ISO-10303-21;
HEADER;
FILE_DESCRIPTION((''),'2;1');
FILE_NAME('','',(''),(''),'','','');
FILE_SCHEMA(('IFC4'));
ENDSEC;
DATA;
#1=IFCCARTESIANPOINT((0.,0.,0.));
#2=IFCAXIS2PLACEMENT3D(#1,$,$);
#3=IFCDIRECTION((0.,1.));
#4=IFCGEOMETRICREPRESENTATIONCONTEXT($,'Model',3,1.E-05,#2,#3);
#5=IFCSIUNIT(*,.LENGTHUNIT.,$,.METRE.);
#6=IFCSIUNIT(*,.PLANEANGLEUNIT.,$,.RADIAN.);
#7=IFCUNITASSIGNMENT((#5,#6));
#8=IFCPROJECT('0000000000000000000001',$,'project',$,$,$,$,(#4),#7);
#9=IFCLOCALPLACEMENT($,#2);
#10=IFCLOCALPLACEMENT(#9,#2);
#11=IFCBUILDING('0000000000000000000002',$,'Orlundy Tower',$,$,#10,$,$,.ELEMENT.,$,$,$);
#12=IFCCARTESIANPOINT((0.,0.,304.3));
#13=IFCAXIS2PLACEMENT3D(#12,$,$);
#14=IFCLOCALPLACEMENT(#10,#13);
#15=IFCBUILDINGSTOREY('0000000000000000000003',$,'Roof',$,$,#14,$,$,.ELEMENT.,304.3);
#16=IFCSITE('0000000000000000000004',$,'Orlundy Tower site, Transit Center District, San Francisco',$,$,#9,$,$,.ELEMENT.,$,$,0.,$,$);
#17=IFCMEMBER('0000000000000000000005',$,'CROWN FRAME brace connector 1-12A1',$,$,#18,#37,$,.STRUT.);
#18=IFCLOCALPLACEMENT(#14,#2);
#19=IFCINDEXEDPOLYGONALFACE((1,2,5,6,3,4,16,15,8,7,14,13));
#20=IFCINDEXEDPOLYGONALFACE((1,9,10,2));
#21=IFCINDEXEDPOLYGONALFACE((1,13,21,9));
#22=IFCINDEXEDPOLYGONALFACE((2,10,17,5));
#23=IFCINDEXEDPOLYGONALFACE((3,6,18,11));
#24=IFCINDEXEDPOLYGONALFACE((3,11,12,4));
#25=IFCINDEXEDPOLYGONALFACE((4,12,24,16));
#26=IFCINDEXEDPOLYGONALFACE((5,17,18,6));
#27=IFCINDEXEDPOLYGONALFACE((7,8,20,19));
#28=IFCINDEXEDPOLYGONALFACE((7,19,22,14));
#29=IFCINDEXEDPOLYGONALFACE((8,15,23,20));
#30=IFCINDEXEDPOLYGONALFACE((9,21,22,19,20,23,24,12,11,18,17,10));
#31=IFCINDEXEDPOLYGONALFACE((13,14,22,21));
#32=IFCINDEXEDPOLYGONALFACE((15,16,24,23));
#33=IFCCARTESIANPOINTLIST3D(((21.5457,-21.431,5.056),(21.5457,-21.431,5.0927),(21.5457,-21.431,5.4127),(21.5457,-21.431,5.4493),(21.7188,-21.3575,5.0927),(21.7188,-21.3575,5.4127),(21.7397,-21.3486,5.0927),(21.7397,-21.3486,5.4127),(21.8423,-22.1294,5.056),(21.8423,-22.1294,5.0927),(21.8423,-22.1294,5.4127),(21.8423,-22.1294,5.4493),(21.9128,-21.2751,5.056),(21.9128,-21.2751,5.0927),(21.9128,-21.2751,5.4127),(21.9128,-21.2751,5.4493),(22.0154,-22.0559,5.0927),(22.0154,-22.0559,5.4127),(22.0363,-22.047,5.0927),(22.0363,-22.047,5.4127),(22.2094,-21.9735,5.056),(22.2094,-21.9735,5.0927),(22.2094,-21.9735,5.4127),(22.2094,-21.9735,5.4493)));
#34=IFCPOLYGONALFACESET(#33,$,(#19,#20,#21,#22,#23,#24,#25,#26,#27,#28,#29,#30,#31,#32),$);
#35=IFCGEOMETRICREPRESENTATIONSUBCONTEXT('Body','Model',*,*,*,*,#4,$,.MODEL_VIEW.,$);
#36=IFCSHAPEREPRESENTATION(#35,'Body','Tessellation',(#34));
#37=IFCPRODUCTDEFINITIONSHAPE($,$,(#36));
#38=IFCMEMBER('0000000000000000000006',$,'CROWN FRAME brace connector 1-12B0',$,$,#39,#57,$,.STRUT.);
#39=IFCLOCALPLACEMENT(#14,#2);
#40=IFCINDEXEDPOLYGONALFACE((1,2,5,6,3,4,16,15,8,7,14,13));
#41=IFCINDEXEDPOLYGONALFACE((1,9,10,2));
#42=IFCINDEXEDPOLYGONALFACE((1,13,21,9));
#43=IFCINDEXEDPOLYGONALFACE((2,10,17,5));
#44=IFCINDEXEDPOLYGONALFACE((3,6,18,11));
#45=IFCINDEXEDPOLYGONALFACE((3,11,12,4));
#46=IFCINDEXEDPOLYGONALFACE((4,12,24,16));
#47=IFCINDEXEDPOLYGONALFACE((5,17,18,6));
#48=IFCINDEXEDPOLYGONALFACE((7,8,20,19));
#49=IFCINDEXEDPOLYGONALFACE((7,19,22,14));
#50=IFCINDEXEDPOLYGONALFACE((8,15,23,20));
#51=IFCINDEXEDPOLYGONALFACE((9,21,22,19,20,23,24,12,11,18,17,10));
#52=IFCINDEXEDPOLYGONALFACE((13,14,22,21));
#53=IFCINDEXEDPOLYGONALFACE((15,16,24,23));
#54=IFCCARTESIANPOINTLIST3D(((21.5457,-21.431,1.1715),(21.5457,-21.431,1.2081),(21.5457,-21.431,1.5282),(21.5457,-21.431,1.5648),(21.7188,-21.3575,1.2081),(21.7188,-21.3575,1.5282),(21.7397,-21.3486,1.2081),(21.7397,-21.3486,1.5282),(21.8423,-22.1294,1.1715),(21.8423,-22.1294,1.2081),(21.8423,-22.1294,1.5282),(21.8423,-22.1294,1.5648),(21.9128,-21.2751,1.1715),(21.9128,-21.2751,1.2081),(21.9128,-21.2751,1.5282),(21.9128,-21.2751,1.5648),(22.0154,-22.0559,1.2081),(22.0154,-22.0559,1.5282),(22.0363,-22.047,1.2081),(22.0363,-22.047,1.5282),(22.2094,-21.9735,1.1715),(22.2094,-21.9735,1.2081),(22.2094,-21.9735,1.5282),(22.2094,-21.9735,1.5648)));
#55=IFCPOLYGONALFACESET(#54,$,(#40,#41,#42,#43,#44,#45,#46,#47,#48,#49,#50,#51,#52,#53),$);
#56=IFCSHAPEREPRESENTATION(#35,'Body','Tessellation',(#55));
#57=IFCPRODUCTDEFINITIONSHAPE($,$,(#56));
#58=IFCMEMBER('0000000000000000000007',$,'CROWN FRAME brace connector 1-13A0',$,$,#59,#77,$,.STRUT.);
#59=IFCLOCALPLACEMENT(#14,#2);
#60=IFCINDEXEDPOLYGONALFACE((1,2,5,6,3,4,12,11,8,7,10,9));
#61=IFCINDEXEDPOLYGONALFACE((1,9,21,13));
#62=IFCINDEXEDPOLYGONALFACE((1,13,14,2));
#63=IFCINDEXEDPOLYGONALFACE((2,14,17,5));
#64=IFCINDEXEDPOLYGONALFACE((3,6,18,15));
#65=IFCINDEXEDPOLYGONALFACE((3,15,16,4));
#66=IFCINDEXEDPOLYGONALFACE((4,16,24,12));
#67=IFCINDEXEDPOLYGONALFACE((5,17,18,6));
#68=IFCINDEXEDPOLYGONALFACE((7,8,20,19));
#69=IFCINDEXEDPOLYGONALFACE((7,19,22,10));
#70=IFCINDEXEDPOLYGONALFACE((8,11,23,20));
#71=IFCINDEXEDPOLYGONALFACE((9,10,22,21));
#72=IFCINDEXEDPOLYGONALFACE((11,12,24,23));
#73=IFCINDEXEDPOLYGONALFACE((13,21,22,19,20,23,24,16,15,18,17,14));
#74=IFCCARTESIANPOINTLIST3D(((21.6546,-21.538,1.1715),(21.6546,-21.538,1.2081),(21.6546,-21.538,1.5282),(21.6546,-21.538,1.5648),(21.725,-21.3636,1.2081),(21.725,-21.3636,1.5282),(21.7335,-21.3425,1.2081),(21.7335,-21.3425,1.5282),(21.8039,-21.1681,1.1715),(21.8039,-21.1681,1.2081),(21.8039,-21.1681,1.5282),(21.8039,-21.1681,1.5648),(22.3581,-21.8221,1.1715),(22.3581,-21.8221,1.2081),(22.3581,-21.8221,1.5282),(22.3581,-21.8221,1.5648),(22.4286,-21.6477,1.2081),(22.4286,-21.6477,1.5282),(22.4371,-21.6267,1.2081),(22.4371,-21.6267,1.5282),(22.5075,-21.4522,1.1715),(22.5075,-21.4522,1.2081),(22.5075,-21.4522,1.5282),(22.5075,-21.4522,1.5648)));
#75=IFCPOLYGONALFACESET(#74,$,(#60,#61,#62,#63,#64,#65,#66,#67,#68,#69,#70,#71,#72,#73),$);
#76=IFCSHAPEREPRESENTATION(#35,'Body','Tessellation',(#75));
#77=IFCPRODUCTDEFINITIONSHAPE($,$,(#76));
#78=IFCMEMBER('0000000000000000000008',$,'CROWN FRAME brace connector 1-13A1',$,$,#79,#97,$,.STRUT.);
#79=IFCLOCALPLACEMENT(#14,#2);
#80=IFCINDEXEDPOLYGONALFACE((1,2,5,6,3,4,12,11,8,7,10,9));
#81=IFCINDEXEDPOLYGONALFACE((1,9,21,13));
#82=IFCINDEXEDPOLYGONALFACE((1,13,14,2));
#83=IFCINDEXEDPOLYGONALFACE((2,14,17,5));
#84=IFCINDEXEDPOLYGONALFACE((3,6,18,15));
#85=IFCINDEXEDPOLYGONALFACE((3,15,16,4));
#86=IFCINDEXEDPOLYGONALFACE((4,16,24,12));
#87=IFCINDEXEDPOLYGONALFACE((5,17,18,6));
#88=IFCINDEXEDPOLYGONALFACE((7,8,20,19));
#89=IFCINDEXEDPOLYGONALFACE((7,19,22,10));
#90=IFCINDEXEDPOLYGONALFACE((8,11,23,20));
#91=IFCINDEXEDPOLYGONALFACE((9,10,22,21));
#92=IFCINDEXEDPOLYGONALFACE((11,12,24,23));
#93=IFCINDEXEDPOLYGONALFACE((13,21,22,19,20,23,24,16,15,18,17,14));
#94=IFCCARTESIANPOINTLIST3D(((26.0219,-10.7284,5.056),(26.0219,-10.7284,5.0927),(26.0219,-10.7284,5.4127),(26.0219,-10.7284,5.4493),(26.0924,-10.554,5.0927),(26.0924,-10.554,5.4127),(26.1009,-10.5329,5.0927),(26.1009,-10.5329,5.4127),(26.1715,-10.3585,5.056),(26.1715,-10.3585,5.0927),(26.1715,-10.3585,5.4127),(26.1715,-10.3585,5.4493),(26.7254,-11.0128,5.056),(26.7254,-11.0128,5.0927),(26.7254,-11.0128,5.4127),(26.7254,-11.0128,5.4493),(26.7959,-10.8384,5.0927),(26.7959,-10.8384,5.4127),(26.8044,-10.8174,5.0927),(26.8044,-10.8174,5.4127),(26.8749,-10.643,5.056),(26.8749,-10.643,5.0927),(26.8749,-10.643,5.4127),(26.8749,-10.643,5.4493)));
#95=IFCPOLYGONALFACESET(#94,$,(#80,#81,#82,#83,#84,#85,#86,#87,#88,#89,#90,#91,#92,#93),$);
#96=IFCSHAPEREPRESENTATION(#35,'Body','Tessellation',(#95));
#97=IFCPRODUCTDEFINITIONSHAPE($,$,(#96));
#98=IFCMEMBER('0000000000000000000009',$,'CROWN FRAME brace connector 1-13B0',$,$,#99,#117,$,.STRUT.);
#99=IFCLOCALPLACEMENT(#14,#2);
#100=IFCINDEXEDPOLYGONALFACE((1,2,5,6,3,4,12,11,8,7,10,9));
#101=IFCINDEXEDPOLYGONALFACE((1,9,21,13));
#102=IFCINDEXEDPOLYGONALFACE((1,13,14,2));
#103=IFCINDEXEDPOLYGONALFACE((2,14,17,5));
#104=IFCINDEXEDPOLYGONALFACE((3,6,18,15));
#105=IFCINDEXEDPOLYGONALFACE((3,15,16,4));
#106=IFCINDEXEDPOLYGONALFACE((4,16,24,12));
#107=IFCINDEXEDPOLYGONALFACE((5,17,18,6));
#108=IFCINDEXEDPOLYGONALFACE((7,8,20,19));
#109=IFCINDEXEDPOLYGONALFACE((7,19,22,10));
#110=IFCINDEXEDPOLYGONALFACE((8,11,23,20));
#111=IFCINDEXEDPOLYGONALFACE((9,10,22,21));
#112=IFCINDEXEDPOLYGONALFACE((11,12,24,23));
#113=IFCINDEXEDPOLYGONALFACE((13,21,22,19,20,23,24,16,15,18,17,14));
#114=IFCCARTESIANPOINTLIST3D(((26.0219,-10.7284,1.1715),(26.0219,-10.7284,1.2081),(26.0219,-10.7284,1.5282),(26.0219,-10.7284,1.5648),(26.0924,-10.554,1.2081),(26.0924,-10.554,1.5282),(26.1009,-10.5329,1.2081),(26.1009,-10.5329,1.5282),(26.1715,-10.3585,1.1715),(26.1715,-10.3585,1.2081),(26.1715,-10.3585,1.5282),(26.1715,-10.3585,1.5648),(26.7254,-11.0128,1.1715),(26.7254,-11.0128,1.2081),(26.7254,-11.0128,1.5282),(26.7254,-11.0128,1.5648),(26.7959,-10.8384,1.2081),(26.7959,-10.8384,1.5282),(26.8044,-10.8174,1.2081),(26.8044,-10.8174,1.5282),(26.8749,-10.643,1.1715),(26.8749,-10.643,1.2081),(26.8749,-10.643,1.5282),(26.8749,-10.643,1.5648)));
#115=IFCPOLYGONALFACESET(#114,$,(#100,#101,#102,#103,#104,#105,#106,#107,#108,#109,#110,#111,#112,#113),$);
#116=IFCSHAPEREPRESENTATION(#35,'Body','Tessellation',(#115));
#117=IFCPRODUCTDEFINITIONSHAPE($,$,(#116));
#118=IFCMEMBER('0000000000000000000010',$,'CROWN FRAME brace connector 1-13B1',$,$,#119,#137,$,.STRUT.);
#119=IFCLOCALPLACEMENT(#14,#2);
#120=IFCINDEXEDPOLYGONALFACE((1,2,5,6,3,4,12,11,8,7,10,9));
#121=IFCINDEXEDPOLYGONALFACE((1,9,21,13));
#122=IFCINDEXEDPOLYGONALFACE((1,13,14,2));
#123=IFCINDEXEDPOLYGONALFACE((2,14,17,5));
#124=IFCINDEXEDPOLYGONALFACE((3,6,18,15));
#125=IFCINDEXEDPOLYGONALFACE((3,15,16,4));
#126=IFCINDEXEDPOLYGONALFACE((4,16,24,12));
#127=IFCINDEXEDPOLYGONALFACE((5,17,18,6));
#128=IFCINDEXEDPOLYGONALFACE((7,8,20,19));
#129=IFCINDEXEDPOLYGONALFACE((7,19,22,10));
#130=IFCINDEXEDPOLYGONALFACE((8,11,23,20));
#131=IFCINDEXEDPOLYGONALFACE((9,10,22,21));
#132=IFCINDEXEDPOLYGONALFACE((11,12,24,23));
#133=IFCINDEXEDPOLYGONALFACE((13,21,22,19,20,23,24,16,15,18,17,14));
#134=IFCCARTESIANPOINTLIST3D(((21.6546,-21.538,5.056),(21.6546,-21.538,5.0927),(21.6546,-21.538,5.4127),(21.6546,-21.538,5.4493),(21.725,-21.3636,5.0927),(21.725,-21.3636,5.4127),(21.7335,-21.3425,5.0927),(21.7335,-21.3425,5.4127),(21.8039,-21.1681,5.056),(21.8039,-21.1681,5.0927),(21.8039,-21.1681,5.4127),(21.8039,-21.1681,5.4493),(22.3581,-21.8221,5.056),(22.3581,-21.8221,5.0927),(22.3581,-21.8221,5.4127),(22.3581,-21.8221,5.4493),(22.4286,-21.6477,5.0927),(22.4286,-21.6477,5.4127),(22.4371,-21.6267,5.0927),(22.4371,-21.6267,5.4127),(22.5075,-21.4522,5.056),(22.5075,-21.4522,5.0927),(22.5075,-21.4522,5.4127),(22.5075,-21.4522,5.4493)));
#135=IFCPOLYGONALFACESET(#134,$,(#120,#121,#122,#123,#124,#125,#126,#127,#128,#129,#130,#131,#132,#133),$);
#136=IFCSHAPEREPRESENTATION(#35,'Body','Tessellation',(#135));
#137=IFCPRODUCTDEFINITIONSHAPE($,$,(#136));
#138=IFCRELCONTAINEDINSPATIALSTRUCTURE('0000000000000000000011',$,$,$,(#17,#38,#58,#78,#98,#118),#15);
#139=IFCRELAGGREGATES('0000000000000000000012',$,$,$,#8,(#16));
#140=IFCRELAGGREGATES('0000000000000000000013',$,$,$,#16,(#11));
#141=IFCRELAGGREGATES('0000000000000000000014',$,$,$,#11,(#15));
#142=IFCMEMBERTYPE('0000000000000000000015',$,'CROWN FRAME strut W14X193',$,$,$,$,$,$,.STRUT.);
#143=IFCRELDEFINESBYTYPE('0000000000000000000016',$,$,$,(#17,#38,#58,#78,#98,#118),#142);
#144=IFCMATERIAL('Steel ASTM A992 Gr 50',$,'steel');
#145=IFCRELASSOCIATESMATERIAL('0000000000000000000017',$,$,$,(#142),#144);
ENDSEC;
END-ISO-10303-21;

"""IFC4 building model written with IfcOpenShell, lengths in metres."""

from ifc_helpers import new_model, si_unit, direction, frame, origin, origin_2d, place, context, subcontext, project, spatial, i_section, extrude, material, material_profile, profile_set, type_object, element, save


model = new_model("IFC4")

# Units and contexts
model_context = context("Model", 3, precision=1e-05, world=origin(), true_north=direction((0.0, 1.0)))
body_context = subcontext(model_context, "Body", "Model", "MODEL_VIEW")
ifc_project = project(units=[si_unit("LENGTHUNIT", "METRE"), si_unit("PLANEANGLEUNIT", "RADIAN")], contexts=[model_context])

# Site, building, storey
site_placement = place(None, origin())
site = spatial("IfcSite", under=ifc_project, at=site_placement, Name="Orlundy Tower site, Transit Center District, San Francisco", CompositionType="ELEMENT", RefElevation=0.0)
building_placement = place(site_placement, origin())
building = spatial("IfcBuilding", under=site, at=building_placement, Name="Orlundy Tower", CompositionType="ELEMENT")
storey_placement = place(building_placement, frame((0.0, 0.0, 304.3)))
storey = spatial("IfcBuildingStorey", under=building, at=storey_placement, Name="Roof", CompositionType="ELEMENT", Elevation=304.3)

# Members
ifc_material_1 = material(Name="Steel ASTM A992 Gr 50", Category="steel")
ifc_material_profile_1 = material_profile(ifc_material_1, i_section(OverallWidth=0.3989, OverallDepth=0.3933, WebThickness=0.0227, FlangeThickness=0.0366, at=origin_2d()), Name="W14X193")
ifc_profile_set_1 = profile_set([ifc_material_profile_1], Name="Steel ASTM A992 Gr 50")
member_type_1 = type_object("IfcMemberType", Name="CROWN FRAME strut W14X193", PredefinedType="STRUT", material=ifc_profile_set_1)
for number, where, z_axis, x_axis, name in (
    (1, (21.7292, -21.353, 5.2527), (0.390889, -0.920438, 0.0), (0.920438, 0.390889, 0.0), "CROWN FRAME brace connector 1-12A1"),
    (2, (21.7292, -21.353, 1.3682), (0.390889, -0.920438, 0.0), (0.920438, 0.390889, 0.0), "CROWN FRAME brace connector 1-12B0"),
    (3, (21.7292, -21.353, 1.3682), (0.927229, -0.374495, 0.0), (0.374495, 0.927229, 0.0), "CROWN FRAME brace connector 1-13A0"),
    (4, (26.0967, -10.5435, 5.2527), (0.927072, -0.374883, 0.0), (0.374883, 0.927072, 0.0), "CROWN FRAME brace connector 1-13A1"),
    (5, (26.0967, -10.5435, 1.3682), (0.927072, -0.374883, 0.0), (0.374883, 0.927072, 0.0), "CROWN FRAME brace connector 1-13B0"),
    (6, (21.7292, -21.353, 5.2527), (0.927229, -0.374495, 0.0), (0.374495, 0.927229, 0.0), "CROWN FRAME brace connector 1-13B1"),
):
    element("IfcMember", number, at=place(storey_placement, frame(where, z_axis=z_axis, x_axis=x_axis)), inside=storey, type_object=member_type_1, Name=name, PredefinedType="STRUT", context=body_context, shape_type="SweptSolid", body=[
        extrude(i_section(OverallWidth=0.3989, OverallDepth=0.3933, WebThickness=0.0227, FlangeThickness=0.0366, at=origin_2d()), origin(), (0.0, 0.0, 1.0), 0.7588),
    ])

save(model, "model.ifc")
